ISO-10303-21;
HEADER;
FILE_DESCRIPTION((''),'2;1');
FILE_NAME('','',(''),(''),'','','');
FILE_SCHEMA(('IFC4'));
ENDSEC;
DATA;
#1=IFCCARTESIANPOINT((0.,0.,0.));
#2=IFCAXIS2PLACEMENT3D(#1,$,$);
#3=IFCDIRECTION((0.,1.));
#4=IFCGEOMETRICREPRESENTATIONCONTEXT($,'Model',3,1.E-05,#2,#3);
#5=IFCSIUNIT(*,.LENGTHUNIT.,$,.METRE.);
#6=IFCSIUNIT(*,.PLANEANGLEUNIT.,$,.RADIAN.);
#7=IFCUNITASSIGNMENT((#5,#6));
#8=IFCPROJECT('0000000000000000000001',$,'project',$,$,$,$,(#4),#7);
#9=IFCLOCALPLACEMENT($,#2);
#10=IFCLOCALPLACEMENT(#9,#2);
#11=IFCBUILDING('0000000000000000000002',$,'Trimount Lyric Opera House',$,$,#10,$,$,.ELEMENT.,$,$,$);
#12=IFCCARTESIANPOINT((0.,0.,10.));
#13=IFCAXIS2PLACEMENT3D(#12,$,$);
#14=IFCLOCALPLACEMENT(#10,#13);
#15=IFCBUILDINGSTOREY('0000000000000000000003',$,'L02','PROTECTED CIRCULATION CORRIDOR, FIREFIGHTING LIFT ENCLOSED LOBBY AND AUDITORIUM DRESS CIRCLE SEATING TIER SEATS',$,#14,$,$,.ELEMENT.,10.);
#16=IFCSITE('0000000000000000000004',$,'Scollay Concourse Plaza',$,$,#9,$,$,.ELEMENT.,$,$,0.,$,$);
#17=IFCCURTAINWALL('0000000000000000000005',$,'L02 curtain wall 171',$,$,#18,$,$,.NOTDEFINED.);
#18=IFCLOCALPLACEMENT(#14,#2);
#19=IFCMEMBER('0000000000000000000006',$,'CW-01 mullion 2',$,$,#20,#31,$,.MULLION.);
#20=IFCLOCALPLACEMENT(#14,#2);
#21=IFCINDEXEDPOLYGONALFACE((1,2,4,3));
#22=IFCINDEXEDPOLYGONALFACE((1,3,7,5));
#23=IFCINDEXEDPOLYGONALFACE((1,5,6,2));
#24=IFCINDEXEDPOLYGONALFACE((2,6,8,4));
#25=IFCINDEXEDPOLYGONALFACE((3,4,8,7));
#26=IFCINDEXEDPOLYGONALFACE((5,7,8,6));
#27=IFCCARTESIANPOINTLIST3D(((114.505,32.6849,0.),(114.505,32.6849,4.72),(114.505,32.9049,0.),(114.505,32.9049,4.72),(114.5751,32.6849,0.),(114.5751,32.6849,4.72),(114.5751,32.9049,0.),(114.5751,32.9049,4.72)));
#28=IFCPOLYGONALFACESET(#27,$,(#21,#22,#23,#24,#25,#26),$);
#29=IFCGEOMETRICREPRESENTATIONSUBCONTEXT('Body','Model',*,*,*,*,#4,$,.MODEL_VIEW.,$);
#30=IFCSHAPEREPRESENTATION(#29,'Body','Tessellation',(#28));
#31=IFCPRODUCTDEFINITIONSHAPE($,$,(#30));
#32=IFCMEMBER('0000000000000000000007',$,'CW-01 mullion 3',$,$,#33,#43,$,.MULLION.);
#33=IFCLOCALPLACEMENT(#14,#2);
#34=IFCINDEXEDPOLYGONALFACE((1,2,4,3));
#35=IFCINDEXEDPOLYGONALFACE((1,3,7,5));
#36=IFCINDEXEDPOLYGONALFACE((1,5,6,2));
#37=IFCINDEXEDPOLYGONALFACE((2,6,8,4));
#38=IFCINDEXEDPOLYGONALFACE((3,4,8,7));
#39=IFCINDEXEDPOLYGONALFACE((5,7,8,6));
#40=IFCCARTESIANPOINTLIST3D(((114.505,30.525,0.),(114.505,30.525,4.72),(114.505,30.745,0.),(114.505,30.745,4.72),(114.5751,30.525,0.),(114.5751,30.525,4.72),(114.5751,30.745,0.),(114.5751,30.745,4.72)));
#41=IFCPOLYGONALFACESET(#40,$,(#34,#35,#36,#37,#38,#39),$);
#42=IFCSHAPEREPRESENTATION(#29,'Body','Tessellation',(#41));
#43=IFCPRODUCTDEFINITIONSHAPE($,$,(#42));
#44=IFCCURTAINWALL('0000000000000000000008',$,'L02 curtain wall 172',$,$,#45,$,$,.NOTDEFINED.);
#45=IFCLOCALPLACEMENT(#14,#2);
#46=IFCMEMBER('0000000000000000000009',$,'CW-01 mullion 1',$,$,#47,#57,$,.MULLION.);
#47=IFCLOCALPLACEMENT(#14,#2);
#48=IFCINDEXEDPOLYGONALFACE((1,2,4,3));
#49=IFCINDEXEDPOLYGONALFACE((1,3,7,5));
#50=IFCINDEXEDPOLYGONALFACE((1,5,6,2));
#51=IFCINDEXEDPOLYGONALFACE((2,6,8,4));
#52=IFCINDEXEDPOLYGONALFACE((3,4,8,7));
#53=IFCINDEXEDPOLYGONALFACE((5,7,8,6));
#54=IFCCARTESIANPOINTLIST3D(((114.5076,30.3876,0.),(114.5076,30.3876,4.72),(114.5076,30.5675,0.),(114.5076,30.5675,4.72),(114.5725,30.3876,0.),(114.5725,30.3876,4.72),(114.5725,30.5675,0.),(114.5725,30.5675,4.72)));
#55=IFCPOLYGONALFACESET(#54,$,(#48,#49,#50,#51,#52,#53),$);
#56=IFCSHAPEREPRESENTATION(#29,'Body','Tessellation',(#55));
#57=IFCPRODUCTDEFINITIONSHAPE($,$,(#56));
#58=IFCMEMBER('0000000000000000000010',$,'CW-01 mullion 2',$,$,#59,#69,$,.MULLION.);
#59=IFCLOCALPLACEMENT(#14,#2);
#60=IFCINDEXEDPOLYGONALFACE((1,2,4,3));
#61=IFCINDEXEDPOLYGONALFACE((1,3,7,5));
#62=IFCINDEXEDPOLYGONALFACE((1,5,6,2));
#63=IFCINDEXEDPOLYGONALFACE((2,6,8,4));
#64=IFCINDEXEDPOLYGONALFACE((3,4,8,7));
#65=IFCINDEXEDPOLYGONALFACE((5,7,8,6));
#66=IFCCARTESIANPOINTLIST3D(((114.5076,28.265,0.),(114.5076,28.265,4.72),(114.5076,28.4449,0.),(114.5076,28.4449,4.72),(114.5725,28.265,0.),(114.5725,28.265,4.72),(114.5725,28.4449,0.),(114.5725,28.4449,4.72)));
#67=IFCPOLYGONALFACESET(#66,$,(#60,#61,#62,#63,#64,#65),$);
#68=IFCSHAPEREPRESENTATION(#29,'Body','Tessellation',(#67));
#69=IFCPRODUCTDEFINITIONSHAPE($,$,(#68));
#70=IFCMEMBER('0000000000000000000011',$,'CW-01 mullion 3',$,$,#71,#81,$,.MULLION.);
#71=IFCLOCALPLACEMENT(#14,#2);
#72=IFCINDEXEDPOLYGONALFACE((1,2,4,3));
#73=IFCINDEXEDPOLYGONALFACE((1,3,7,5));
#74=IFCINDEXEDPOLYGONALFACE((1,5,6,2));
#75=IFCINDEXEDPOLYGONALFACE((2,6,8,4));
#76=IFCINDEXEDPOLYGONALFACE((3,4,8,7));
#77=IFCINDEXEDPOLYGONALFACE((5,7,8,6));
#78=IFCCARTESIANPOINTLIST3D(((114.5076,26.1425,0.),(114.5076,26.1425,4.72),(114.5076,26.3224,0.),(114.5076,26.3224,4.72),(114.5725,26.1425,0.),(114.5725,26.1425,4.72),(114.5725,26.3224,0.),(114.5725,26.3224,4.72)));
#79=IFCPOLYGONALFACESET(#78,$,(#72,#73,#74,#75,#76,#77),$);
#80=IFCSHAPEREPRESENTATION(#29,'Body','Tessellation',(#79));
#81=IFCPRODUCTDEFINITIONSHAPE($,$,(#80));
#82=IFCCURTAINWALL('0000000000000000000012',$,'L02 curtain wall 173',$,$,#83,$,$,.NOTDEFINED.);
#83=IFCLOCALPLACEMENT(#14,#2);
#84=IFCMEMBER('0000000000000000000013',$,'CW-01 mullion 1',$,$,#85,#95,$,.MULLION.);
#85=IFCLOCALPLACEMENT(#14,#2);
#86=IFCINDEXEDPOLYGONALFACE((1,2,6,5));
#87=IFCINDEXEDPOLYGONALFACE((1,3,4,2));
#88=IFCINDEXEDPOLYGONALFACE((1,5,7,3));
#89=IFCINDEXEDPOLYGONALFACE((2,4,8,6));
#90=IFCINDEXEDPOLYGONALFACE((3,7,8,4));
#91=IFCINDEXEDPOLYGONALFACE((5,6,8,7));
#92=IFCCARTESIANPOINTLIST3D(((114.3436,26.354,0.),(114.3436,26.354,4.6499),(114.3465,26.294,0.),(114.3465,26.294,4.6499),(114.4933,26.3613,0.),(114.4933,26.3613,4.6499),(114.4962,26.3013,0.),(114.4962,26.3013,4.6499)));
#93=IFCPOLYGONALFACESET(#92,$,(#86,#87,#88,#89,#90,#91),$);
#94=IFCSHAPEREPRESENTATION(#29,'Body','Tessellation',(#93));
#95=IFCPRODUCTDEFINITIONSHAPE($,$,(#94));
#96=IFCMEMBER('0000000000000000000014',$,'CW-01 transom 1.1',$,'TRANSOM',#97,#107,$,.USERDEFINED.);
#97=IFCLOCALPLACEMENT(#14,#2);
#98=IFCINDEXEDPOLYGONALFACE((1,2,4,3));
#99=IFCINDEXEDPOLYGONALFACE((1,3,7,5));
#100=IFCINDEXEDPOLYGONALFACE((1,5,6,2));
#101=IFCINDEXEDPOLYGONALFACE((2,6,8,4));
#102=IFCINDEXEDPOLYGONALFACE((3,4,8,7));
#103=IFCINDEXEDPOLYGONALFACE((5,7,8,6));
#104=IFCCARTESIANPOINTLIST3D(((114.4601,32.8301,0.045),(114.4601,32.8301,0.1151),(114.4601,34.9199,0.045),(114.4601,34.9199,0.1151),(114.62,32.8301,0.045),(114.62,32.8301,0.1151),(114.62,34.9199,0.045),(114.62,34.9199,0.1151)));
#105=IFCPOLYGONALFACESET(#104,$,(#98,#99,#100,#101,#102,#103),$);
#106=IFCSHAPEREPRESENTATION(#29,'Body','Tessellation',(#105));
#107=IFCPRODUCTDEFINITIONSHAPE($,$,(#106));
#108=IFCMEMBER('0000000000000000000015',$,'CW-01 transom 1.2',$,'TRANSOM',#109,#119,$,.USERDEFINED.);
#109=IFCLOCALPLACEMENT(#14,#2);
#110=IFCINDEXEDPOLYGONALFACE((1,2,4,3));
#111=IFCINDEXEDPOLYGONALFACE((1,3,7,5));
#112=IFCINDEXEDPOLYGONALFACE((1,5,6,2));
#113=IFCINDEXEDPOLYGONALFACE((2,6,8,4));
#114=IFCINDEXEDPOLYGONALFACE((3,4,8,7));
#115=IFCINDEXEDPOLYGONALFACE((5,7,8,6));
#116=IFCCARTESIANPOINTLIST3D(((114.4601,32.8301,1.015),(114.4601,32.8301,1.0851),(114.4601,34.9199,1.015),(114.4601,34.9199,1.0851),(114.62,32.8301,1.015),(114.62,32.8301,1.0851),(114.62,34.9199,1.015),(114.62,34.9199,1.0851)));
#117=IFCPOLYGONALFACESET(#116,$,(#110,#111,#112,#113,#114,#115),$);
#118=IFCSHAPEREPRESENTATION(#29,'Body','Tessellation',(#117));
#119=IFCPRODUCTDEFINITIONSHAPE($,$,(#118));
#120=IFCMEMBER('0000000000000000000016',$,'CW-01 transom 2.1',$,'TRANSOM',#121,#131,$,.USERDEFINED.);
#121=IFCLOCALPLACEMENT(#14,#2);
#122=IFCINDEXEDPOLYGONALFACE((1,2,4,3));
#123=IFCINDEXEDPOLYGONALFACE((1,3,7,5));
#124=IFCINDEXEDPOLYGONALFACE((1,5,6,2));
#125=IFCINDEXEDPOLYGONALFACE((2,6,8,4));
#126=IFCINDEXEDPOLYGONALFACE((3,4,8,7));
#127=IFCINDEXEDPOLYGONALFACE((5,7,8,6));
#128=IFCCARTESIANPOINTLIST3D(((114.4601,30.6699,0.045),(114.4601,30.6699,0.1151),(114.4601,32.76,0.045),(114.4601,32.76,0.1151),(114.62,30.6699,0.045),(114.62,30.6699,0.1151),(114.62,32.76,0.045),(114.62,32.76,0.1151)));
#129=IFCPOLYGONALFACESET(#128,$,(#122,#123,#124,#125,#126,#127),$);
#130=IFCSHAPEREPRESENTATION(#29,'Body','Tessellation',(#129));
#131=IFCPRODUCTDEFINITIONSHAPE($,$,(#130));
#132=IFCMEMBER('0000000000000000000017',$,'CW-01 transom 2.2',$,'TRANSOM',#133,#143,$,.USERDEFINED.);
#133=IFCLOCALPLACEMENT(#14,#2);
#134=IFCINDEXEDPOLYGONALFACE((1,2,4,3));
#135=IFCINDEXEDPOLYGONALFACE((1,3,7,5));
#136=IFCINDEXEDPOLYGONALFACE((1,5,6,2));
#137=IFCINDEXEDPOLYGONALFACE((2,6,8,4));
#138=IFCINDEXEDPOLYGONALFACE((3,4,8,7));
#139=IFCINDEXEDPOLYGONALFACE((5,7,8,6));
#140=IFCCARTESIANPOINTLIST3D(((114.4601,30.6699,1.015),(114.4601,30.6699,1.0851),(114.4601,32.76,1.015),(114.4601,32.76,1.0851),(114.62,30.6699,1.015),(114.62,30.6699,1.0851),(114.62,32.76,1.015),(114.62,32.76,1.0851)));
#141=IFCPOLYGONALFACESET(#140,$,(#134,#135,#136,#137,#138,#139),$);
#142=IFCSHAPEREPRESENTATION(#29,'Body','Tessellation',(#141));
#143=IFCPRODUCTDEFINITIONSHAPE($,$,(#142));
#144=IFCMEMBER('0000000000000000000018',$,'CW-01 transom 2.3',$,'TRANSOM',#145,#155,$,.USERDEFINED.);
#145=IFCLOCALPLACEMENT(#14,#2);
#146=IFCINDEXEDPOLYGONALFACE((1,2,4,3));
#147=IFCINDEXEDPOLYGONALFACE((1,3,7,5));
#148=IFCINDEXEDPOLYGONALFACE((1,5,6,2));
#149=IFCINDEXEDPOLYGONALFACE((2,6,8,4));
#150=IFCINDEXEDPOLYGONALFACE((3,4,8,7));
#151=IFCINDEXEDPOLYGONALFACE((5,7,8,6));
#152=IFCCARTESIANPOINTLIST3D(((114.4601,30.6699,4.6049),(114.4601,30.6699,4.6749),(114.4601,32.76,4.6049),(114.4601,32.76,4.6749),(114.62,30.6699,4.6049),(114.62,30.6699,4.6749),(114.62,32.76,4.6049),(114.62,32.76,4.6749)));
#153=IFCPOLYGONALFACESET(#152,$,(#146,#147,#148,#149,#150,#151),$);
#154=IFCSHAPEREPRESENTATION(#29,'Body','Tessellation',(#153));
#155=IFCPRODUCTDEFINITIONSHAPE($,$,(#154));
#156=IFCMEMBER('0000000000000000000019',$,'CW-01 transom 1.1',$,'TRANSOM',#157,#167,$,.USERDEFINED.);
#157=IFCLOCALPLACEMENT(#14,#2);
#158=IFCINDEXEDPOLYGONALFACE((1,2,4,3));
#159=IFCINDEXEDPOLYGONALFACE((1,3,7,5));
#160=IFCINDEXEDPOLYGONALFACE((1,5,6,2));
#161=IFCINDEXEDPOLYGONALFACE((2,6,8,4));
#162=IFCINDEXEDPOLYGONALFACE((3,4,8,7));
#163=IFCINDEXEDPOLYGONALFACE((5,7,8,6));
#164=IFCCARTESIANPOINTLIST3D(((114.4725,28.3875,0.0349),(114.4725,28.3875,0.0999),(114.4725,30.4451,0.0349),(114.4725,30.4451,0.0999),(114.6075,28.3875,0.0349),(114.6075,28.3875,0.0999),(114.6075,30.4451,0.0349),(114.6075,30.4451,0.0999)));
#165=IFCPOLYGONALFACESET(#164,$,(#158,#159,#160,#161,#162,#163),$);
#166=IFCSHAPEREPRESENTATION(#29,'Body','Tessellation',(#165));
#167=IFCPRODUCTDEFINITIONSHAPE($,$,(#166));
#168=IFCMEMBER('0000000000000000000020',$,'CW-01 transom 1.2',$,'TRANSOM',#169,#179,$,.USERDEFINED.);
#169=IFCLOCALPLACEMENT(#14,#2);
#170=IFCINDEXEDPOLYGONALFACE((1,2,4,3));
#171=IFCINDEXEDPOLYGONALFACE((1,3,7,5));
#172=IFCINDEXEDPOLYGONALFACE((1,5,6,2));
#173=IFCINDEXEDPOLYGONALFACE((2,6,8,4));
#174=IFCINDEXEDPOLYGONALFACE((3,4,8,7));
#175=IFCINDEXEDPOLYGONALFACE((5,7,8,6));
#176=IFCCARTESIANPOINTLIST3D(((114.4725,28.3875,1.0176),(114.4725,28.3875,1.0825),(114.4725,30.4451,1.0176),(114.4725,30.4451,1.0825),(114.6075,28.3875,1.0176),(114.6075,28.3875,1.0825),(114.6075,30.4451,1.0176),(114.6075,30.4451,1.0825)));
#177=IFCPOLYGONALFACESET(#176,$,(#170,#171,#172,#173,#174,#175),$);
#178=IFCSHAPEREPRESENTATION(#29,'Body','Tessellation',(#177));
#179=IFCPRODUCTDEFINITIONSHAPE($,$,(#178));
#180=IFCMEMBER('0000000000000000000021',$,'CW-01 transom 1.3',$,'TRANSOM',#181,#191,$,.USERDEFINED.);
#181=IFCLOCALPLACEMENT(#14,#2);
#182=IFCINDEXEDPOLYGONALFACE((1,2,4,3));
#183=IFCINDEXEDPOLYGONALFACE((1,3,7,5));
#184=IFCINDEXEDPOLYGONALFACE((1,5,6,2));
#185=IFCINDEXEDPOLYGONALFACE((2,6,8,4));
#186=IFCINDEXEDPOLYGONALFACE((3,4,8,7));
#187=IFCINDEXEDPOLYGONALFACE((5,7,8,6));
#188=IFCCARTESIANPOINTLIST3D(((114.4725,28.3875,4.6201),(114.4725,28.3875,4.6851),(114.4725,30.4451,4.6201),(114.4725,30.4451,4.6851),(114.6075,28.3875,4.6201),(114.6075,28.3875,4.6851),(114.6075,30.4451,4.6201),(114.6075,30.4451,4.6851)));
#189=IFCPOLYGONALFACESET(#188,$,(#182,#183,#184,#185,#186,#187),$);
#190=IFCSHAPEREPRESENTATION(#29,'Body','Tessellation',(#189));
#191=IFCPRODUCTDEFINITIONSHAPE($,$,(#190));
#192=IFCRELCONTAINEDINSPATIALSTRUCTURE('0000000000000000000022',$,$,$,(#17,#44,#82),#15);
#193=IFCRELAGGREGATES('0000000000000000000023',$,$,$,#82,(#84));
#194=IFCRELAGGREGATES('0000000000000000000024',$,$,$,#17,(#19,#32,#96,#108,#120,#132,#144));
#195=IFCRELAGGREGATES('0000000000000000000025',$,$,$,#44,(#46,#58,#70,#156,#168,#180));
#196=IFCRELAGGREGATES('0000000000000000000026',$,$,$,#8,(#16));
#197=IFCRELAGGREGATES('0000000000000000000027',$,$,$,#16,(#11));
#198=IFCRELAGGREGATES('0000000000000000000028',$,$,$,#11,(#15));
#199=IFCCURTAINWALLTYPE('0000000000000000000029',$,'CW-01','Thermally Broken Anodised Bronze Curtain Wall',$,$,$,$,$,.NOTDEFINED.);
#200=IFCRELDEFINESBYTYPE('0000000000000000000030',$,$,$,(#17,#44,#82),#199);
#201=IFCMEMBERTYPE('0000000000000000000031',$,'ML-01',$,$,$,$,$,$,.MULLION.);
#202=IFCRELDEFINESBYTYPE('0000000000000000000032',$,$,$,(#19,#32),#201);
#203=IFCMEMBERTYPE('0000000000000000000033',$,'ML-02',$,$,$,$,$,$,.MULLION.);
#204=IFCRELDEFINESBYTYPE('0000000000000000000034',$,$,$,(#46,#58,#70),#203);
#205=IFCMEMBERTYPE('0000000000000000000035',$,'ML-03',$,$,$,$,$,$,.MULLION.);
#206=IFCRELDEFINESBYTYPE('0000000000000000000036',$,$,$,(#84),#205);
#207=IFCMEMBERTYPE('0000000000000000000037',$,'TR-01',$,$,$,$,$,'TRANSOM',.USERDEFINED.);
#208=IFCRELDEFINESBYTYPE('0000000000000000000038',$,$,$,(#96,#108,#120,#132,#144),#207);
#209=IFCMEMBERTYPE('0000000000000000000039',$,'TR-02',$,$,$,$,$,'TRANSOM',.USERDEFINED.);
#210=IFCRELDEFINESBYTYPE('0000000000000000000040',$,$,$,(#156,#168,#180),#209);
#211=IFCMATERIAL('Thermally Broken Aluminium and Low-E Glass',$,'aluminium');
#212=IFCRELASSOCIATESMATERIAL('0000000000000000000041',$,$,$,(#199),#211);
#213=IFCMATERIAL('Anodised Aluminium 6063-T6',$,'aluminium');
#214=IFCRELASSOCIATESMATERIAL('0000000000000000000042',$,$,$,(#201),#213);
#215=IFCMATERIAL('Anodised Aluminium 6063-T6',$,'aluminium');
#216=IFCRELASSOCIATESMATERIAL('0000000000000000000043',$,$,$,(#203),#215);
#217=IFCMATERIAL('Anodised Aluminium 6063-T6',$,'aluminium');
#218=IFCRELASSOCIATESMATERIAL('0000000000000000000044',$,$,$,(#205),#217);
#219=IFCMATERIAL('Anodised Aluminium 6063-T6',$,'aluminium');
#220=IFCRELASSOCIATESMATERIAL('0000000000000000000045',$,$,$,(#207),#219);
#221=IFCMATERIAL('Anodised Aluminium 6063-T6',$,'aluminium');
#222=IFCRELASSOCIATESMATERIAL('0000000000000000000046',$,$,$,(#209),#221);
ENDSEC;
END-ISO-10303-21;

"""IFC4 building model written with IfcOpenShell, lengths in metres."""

from ifc_helpers import new_model, si_unit, direction, frame, origin, origin_2d, place, context, subcontext, project, spatial, rectangle, extrude, material, material_profile, profile_set, type_object, element, aggregate, save


model = new_model("IFC4")

# Units and contexts
model_context = context("Model", 3, precision=1e-05, world=origin(), true_north=direction((0.0, 1.0)))
body_context = subcontext(model_context, "Body", "Model", "MODEL_VIEW")
ifc_project = project(units=[si_unit("LENGTHUNIT", "METRE"), si_unit("PLANEANGLEUNIT", "RADIAN")], contexts=[model_context])

# Site, building, storey
site_placement = place(None, origin())
site = spatial("IfcSite", under=ifc_project, at=site_placement, Name="Scollay Concourse Plaza", CompositionType="ELEMENT", RefElevation=0.0)
building_placement = place(site_placement, origin())
building = spatial("IfcBuilding", under=site, at=building_placement, Name="Trimount Lyric Opera House", CompositionType="ELEMENT")
storey_placement = place(building_placement, frame((0.0, 0.0, 10.0)))
storey = spatial("IfcBuildingStorey", under=building, at=storey_placement, Name="L02", Description="PROTECTED CIRCULATION CORRIDOR, FIREFIGHTING LIFT ENCLOSED LOBBY AND AUDITORIUM DRESS CIRCLE SEATING TIER SEATS", CompositionType="ELEMENT", Elevation=10.0)

# Curtain walls, members
ifc_material_1 = material(Name="Thermally Broken Aluminium and Low-E Glass", Category="aluminium")
curtain_wall_type = type_object("IfcCurtainWallType", Name="CW-01", Description="Thermally Broken Anodised Bronze Curtain Wall", PredefinedType="NOTDEFINED", material=ifc_material_1)
curtain_wall_1_placement = place(storey_placement, origin())
curtain_wall_1 = element("IfcCurtainWall", 1, at=curtain_wall_1_placement, inside=storey, type_object=curtain_wall_type, Name="L02 curtain wall 171", PredefinedType="NOTDEFINED")
ifc_material_2 = material(Name="Anodised Aluminium 6063-T6", Category="aluminium")
ifc_material_profile_1 = material_profile(ifc_material_2, rectangle(XDim=0.0701, YDim=0.22, at=origin_2d()), Name="ALU-MULL-70X220")
ifc_profile_set_1 = profile_set([ifc_material_profile_1], Name="Anodised Aluminium 6063-T6")
member_type_1 = type_object("IfcMemberType", Name="ML-01", PredefinedType="MULLION", material=ifc_profile_set_1)
member_1_placement = place(storey_placement, frame((114.54, 32.7949, 0.0), z_axis=(0.0, 0.0, 1.0), x_axis=(1.0, 0.0, 0.0)))
member_1 = element("IfcMember", 2, at=member_1_placement, type_object=member_type_1, Name="CW-01 mullion 2", PredefinedType="MULLION", context=body_context, shape_type="SweptSolid", body=[
    extrude(rectangle(XDim=0.0701, YDim=0.22, at=origin_2d()), origin(), (0.0, 0.0, 1.0), 4.72),
])
member_2_placement = place(storey_placement, frame((114.54, 30.635, 0.0), z_axis=(0.0, 0.0, 1.0), x_axis=(1.0, 0.0, 0.0)))
member_2 = element("IfcMember", 3, at=member_2_placement, type_object=member_type_1, Name="CW-01 mullion 3", PredefinedType="MULLION", context=body_context, shape_type="SweptSolid", body=[
    extrude(rectangle(XDim=0.0701, YDim=0.22, at=origin_2d()), origin(), (0.0, 0.0, 1.0), 4.72),
])
curtain_wall_2_placement = place(storey_placement, origin())
curtain_wall_2 = element("IfcCurtainWall", 4, at=curtain_wall_2_placement, inside=storey, type_object=curtain_wall_type, Name="L02 curtain wall 172", PredefinedType="NOTDEFINED")
ifc_material_3 = material(Name="Anodised Aluminium 6063-T6", Category="aluminium")
ifc_material_profile_2 = material_profile(ifc_material_3, rectangle(XDim=0.0649, YDim=0.1799, at=origin_2d()), Name="ALU-MULL-65X180")
ifc_profile_set_2 = profile_set([ifc_material_profile_2], Name="Anodised Aluminium 6063-T6")
member_type_2 = type_object("IfcMemberType", Name="ML-02", PredefinedType="MULLION", material=ifc_profile_set_2)
member_3_placement = place(storey_placement, frame((114.54, 30.4775, 0.0), z_axis=(0.0, 0.0, 1.0), x_axis=(1.0, 0.0, 0.0)))
member_3 = element("IfcMember", 5, at=member_3_placement, type_object=member_type_2, Name="CW-01 mullion 1", PredefinedType="MULLION", context=body_context, shape_type="SweptSolid", body=[
    extrude(rectangle(XDim=0.0649, YDim=0.1799, at=origin_2d()), origin(), (0.0, 0.0, 1.0), 4.72),
])
member_4_placement = place(storey_placement, frame((114.54, 28.355, 0.0), z_axis=(0.0, 0.0, 1.0), x_axis=(1.0, 0.0, 0.0)))
member_4 = element("IfcMember", 6, at=member_4_placement, type_object=member_type_2, Name="CW-01 mullion 2", PredefinedType="MULLION", context=body_context, shape_type="SweptSolid", body=[
    extrude(rectangle(XDim=0.0649, YDim=0.1799, at=origin_2d()), origin(), (0.0, 0.0, 1.0), 4.72),
])
member_5_placement = place(storey_placement, frame((114.54, 26.2324, 0.0), z_axis=(0.0, 0.0, 1.0), x_axis=(1.0, 0.0, 0.0)))
member_5 = element("IfcMember", 7, at=member_5_placement, type_object=member_type_2, Name="CW-01 mullion 3", PredefinedType="MULLION", context=body_context, shape_type="SweptSolid", body=[
    extrude(rectangle(XDim=0.0649, YDim=0.1799, at=origin_2d()), origin(), (0.0, 0.0, 1.0), 4.72),
])

# Curtain wall, member
curtain_wall_3_placement = place(storey_placement, origin())
curtain_wall_3 = element("IfcCurtainWall", 8, at=curtain_wall_3_placement, inside=storey, type_object=curtain_wall_type, Name="L02 curtain wall 173", PredefinedType="NOTDEFINED")
ifc_material_4 = material(Name="Anodised Aluminium 6063-T6", Category="aluminium")
ifc_material_profile_3 = material_profile(ifc_material_4, rectangle(XDim=0.0601, YDim=0.1499, at=origin_2d()), Name="ALU-MULL-60X150")
ifc_profile_set_3 = profile_set([ifc_material_profile_3], Name="Anodised Aluminium 6063-T6")
member_type_3 = type_object("IfcMemberType", Name="ML-03", PredefinedType="MULLION", material=ifc_profile_set_3)
member_6_placement = place(storey_placement, frame((114.4199, 26.3276, 0.0), z_axis=(0.0, 0.0, 1.0), x_axis=(0.048708, -0.998813, 0.0)))
member_6 = element("IfcMember", 9, at=member_6_placement, type_object=member_type_3, Name="CW-01 mullion 1", PredefinedType="MULLION", context=body_context, shape_type="SweptSolid", body=[
    extrude(rectangle(XDim=0.0601, YDim=0.1499, at=origin_2d()), origin(), (0.0, 0.0, 1.0), 4.6499),
])

# Members
ifc_material_5 = material(Name="Anodised Aluminium 6063-T6", Category="aluminium")
ifc_material_profile_4 = material_profile(ifc_material_5, rectangle(XDim=0.1599, YDim=0.0701, at=origin_2d()), Name="ALU-TRAN-70X160")
ifc_profile_set_4 = profile_set([ifc_material_profile_4], Name="Anodised Aluminium 6063-T6")
member_type_4 = type_object("IfcMemberType", Name="TR-01", ElementType="TRANSOM", PredefinedType="USERDEFINED", material=ifc_profile_set_4)
member_7_placement = place(storey_placement, frame((114.54, 34.9199, 0.0801), z_axis=(0.0, -1.0, 0.0), x_axis=(1.0, 0.0, 0.0)))
member_7 = element("IfcMember", 10, at=member_7_placement, type_object=member_type_4, Name="CW-01 transom 1.1", ObjectType="TRANSOM", PredefinedType="USERDEFINED", context=body_context, shape_type="SweptSolid", body=[
    extrude(rectangle(XDim=0.1599, YDim=0.0701, at=origin_2d()), origin(), (0.0, 0.0, 1.0), 2.0898),
])
member_8_placement = place(storey_placement, frame((114.54, 34.9199, 1.05), z_axis=(0.0, -1.0, 0.0), x_axis=(1.0, 0.0, 0.0)))
member_8 = element("IfcMember", 11, at=member_8_placement, type_object=member_type_4, Name="CW-01 transom 1.2", ObjectType="TRANSOM", PredefinedType="USERDEFINED", context=body_context, shape_type="SweptSolid", body=[
    extrude(rectangle(XDim=0.1599, YDim=0.0701, at=origin_2d()), origin(), (0.0, 0.0, 1.0), 2.0898),
])
member_9_placement = place(storey_placement, frame((114.54, 32.76, 0.0801), z_axis=(0.0, -1.0, 0.0), x_axis=(1.0, 0.0, 0.0)))
member_9 = element("IfcMember", 12, at=member_9_placement, type_object=member_type_4, Name="CW-01 transom 2.1", ObjectType="TRANSOM", PredefinedType="USERDEFINED", context=body_context, shape_type="SweptSolid", body=[
    extrude(rectangle(XDim=0.1599, YDim=0.0701, at=origin_2d()), origin(), (0.0, 0.0, 1.0), 2.0901),
])
member_10_placement = place(storey_placement, frame((114.54, 32.76, 1.05), z_axis=(0.0, -1.0, 0.0), x_axis=(1.0, 0.0, 0.0)))
member_10 = element("IfcMember", 13, at=member_10_placement, type_object=member_type_4, Name="CW-01 transom 2.2", ObjectType="TRANSOM", PredefinedType="USERDEFINED", context=body_context, shape_type="SweptSolid", body=[
    extrude(rectangle(XDim=0.1599, YDim=0.0701, at=origin_2d()), origin(), (0.0, 0.0, 1.0), 2.0901),
])
member_11_placement = place(storey_placement, frame((114.54, 32.76, 4.6399), z_axis=(0.0, -1.0, 0.0), x_axis=(1.0, 0.0, 0.0)))
member_11 = element("IfcMember", 14, at=member_11_placement, type_object=member_type_4, Name="CW-01 transom 2.3", ObjectType="TRANSOM", PredefinedType="USERDEFINED", context=body_context, shape_type="SweptSolid", body=[
    extrude(rectangle(XDim=0.1599, YDim=0.0701, at=origin_2d()), origin(), (0.0, 0.0, 1.0), 2.0901),
])
ifc_material_6 = material(Name="Anodised Aluminium 6063-T6", Category="aluminium")
ifc_material_profile_5 = material_profile(ifc_material_6, rectangle(XDim=0.135, YDim=0.0649, at=origin_2d()), Name="ALU-TRAN-65X135")
ifc_profile_set_5 = profile_set([ifc_material_profile_5], Name="Anodised Aluminium 6063-T6")
member_type_5 = type_object("IfcMemberType", Name="TR-02", ElementType="TRANSOM", PredefinedType="USERDEFINED", material=ifc_profile_set_5)
member_12_placement = place(storey_placement, frame((114.54, 30.4451, 0.0674), z_axis=(0.0, -1.0, 0.0), x_axis=(1.0, 0.0, 0.0)))
member_12 = element("IfcMember", 15, at=member_12_placement, type_object=member_type_5, Name="CW-01 transom 1.1", ObjectType="TRANSOM", PredefinedType="USERDEFINED", context=body_context, shape_type="SweptSolid", body=[
    extrude(rectangle(XDim=0.135, YDim=0.0649, at=origin_2d()), origin(), (0.0, 0.0, 1.0), 2.0576),
])
member_13_placement = place(storey_placement, frame((114.54, 30.4451, 1.05), z_axis=(0.0, -1.0, 0.0), x_axis=(1.0, 0.0, 0.0)))
member_13 = element("IfcMember", 16, at=member_13_placement, type_object=member_type_5, Name="CW-01 transom 1.2", ObjectType="TRANSOM", PredefinedType="USERDEFINED", context=body_context, shape_type="SweptSolid", body=[
    extrude(rectangle(XDim=0.135, YDim=0.0649, at=origin_2d()), origin(), (0.0, 0.0, 1.0), 2.0576),
])
member_14_placement = place(storey_placement, frame((114.54, 30.4451, 4.6526), z_axis=(0.0, -1.0, 0.0), x_axis=(1.0, 0.0, 0.0)))
member_14 = element("IfcMember", 17, at=member_14_placement, type_object=member_type_5, Name="CW-01 transom 1.3", ObjectType="TRANSOM", PredefinedType="USERDEFINED", context=body_context, shape_type="SweptSolid", body=[
    extrude(rectangle(XDim=0.135, YDim=0.0649, at=origin_2d()), origin(), (0.0, 0.0, 1.0), 2.0576),
])
aggregate(curtain_wall_3, [member_6])

aggregate(curtain_wall_1, [member_1, member_2, member_7, member_8, member_9, member_10, member_11])
aggregate(curtain_wall_2, [member_3, member_4, member_5, member_12, member_13, member_14])

save(model, "model.ifc")
